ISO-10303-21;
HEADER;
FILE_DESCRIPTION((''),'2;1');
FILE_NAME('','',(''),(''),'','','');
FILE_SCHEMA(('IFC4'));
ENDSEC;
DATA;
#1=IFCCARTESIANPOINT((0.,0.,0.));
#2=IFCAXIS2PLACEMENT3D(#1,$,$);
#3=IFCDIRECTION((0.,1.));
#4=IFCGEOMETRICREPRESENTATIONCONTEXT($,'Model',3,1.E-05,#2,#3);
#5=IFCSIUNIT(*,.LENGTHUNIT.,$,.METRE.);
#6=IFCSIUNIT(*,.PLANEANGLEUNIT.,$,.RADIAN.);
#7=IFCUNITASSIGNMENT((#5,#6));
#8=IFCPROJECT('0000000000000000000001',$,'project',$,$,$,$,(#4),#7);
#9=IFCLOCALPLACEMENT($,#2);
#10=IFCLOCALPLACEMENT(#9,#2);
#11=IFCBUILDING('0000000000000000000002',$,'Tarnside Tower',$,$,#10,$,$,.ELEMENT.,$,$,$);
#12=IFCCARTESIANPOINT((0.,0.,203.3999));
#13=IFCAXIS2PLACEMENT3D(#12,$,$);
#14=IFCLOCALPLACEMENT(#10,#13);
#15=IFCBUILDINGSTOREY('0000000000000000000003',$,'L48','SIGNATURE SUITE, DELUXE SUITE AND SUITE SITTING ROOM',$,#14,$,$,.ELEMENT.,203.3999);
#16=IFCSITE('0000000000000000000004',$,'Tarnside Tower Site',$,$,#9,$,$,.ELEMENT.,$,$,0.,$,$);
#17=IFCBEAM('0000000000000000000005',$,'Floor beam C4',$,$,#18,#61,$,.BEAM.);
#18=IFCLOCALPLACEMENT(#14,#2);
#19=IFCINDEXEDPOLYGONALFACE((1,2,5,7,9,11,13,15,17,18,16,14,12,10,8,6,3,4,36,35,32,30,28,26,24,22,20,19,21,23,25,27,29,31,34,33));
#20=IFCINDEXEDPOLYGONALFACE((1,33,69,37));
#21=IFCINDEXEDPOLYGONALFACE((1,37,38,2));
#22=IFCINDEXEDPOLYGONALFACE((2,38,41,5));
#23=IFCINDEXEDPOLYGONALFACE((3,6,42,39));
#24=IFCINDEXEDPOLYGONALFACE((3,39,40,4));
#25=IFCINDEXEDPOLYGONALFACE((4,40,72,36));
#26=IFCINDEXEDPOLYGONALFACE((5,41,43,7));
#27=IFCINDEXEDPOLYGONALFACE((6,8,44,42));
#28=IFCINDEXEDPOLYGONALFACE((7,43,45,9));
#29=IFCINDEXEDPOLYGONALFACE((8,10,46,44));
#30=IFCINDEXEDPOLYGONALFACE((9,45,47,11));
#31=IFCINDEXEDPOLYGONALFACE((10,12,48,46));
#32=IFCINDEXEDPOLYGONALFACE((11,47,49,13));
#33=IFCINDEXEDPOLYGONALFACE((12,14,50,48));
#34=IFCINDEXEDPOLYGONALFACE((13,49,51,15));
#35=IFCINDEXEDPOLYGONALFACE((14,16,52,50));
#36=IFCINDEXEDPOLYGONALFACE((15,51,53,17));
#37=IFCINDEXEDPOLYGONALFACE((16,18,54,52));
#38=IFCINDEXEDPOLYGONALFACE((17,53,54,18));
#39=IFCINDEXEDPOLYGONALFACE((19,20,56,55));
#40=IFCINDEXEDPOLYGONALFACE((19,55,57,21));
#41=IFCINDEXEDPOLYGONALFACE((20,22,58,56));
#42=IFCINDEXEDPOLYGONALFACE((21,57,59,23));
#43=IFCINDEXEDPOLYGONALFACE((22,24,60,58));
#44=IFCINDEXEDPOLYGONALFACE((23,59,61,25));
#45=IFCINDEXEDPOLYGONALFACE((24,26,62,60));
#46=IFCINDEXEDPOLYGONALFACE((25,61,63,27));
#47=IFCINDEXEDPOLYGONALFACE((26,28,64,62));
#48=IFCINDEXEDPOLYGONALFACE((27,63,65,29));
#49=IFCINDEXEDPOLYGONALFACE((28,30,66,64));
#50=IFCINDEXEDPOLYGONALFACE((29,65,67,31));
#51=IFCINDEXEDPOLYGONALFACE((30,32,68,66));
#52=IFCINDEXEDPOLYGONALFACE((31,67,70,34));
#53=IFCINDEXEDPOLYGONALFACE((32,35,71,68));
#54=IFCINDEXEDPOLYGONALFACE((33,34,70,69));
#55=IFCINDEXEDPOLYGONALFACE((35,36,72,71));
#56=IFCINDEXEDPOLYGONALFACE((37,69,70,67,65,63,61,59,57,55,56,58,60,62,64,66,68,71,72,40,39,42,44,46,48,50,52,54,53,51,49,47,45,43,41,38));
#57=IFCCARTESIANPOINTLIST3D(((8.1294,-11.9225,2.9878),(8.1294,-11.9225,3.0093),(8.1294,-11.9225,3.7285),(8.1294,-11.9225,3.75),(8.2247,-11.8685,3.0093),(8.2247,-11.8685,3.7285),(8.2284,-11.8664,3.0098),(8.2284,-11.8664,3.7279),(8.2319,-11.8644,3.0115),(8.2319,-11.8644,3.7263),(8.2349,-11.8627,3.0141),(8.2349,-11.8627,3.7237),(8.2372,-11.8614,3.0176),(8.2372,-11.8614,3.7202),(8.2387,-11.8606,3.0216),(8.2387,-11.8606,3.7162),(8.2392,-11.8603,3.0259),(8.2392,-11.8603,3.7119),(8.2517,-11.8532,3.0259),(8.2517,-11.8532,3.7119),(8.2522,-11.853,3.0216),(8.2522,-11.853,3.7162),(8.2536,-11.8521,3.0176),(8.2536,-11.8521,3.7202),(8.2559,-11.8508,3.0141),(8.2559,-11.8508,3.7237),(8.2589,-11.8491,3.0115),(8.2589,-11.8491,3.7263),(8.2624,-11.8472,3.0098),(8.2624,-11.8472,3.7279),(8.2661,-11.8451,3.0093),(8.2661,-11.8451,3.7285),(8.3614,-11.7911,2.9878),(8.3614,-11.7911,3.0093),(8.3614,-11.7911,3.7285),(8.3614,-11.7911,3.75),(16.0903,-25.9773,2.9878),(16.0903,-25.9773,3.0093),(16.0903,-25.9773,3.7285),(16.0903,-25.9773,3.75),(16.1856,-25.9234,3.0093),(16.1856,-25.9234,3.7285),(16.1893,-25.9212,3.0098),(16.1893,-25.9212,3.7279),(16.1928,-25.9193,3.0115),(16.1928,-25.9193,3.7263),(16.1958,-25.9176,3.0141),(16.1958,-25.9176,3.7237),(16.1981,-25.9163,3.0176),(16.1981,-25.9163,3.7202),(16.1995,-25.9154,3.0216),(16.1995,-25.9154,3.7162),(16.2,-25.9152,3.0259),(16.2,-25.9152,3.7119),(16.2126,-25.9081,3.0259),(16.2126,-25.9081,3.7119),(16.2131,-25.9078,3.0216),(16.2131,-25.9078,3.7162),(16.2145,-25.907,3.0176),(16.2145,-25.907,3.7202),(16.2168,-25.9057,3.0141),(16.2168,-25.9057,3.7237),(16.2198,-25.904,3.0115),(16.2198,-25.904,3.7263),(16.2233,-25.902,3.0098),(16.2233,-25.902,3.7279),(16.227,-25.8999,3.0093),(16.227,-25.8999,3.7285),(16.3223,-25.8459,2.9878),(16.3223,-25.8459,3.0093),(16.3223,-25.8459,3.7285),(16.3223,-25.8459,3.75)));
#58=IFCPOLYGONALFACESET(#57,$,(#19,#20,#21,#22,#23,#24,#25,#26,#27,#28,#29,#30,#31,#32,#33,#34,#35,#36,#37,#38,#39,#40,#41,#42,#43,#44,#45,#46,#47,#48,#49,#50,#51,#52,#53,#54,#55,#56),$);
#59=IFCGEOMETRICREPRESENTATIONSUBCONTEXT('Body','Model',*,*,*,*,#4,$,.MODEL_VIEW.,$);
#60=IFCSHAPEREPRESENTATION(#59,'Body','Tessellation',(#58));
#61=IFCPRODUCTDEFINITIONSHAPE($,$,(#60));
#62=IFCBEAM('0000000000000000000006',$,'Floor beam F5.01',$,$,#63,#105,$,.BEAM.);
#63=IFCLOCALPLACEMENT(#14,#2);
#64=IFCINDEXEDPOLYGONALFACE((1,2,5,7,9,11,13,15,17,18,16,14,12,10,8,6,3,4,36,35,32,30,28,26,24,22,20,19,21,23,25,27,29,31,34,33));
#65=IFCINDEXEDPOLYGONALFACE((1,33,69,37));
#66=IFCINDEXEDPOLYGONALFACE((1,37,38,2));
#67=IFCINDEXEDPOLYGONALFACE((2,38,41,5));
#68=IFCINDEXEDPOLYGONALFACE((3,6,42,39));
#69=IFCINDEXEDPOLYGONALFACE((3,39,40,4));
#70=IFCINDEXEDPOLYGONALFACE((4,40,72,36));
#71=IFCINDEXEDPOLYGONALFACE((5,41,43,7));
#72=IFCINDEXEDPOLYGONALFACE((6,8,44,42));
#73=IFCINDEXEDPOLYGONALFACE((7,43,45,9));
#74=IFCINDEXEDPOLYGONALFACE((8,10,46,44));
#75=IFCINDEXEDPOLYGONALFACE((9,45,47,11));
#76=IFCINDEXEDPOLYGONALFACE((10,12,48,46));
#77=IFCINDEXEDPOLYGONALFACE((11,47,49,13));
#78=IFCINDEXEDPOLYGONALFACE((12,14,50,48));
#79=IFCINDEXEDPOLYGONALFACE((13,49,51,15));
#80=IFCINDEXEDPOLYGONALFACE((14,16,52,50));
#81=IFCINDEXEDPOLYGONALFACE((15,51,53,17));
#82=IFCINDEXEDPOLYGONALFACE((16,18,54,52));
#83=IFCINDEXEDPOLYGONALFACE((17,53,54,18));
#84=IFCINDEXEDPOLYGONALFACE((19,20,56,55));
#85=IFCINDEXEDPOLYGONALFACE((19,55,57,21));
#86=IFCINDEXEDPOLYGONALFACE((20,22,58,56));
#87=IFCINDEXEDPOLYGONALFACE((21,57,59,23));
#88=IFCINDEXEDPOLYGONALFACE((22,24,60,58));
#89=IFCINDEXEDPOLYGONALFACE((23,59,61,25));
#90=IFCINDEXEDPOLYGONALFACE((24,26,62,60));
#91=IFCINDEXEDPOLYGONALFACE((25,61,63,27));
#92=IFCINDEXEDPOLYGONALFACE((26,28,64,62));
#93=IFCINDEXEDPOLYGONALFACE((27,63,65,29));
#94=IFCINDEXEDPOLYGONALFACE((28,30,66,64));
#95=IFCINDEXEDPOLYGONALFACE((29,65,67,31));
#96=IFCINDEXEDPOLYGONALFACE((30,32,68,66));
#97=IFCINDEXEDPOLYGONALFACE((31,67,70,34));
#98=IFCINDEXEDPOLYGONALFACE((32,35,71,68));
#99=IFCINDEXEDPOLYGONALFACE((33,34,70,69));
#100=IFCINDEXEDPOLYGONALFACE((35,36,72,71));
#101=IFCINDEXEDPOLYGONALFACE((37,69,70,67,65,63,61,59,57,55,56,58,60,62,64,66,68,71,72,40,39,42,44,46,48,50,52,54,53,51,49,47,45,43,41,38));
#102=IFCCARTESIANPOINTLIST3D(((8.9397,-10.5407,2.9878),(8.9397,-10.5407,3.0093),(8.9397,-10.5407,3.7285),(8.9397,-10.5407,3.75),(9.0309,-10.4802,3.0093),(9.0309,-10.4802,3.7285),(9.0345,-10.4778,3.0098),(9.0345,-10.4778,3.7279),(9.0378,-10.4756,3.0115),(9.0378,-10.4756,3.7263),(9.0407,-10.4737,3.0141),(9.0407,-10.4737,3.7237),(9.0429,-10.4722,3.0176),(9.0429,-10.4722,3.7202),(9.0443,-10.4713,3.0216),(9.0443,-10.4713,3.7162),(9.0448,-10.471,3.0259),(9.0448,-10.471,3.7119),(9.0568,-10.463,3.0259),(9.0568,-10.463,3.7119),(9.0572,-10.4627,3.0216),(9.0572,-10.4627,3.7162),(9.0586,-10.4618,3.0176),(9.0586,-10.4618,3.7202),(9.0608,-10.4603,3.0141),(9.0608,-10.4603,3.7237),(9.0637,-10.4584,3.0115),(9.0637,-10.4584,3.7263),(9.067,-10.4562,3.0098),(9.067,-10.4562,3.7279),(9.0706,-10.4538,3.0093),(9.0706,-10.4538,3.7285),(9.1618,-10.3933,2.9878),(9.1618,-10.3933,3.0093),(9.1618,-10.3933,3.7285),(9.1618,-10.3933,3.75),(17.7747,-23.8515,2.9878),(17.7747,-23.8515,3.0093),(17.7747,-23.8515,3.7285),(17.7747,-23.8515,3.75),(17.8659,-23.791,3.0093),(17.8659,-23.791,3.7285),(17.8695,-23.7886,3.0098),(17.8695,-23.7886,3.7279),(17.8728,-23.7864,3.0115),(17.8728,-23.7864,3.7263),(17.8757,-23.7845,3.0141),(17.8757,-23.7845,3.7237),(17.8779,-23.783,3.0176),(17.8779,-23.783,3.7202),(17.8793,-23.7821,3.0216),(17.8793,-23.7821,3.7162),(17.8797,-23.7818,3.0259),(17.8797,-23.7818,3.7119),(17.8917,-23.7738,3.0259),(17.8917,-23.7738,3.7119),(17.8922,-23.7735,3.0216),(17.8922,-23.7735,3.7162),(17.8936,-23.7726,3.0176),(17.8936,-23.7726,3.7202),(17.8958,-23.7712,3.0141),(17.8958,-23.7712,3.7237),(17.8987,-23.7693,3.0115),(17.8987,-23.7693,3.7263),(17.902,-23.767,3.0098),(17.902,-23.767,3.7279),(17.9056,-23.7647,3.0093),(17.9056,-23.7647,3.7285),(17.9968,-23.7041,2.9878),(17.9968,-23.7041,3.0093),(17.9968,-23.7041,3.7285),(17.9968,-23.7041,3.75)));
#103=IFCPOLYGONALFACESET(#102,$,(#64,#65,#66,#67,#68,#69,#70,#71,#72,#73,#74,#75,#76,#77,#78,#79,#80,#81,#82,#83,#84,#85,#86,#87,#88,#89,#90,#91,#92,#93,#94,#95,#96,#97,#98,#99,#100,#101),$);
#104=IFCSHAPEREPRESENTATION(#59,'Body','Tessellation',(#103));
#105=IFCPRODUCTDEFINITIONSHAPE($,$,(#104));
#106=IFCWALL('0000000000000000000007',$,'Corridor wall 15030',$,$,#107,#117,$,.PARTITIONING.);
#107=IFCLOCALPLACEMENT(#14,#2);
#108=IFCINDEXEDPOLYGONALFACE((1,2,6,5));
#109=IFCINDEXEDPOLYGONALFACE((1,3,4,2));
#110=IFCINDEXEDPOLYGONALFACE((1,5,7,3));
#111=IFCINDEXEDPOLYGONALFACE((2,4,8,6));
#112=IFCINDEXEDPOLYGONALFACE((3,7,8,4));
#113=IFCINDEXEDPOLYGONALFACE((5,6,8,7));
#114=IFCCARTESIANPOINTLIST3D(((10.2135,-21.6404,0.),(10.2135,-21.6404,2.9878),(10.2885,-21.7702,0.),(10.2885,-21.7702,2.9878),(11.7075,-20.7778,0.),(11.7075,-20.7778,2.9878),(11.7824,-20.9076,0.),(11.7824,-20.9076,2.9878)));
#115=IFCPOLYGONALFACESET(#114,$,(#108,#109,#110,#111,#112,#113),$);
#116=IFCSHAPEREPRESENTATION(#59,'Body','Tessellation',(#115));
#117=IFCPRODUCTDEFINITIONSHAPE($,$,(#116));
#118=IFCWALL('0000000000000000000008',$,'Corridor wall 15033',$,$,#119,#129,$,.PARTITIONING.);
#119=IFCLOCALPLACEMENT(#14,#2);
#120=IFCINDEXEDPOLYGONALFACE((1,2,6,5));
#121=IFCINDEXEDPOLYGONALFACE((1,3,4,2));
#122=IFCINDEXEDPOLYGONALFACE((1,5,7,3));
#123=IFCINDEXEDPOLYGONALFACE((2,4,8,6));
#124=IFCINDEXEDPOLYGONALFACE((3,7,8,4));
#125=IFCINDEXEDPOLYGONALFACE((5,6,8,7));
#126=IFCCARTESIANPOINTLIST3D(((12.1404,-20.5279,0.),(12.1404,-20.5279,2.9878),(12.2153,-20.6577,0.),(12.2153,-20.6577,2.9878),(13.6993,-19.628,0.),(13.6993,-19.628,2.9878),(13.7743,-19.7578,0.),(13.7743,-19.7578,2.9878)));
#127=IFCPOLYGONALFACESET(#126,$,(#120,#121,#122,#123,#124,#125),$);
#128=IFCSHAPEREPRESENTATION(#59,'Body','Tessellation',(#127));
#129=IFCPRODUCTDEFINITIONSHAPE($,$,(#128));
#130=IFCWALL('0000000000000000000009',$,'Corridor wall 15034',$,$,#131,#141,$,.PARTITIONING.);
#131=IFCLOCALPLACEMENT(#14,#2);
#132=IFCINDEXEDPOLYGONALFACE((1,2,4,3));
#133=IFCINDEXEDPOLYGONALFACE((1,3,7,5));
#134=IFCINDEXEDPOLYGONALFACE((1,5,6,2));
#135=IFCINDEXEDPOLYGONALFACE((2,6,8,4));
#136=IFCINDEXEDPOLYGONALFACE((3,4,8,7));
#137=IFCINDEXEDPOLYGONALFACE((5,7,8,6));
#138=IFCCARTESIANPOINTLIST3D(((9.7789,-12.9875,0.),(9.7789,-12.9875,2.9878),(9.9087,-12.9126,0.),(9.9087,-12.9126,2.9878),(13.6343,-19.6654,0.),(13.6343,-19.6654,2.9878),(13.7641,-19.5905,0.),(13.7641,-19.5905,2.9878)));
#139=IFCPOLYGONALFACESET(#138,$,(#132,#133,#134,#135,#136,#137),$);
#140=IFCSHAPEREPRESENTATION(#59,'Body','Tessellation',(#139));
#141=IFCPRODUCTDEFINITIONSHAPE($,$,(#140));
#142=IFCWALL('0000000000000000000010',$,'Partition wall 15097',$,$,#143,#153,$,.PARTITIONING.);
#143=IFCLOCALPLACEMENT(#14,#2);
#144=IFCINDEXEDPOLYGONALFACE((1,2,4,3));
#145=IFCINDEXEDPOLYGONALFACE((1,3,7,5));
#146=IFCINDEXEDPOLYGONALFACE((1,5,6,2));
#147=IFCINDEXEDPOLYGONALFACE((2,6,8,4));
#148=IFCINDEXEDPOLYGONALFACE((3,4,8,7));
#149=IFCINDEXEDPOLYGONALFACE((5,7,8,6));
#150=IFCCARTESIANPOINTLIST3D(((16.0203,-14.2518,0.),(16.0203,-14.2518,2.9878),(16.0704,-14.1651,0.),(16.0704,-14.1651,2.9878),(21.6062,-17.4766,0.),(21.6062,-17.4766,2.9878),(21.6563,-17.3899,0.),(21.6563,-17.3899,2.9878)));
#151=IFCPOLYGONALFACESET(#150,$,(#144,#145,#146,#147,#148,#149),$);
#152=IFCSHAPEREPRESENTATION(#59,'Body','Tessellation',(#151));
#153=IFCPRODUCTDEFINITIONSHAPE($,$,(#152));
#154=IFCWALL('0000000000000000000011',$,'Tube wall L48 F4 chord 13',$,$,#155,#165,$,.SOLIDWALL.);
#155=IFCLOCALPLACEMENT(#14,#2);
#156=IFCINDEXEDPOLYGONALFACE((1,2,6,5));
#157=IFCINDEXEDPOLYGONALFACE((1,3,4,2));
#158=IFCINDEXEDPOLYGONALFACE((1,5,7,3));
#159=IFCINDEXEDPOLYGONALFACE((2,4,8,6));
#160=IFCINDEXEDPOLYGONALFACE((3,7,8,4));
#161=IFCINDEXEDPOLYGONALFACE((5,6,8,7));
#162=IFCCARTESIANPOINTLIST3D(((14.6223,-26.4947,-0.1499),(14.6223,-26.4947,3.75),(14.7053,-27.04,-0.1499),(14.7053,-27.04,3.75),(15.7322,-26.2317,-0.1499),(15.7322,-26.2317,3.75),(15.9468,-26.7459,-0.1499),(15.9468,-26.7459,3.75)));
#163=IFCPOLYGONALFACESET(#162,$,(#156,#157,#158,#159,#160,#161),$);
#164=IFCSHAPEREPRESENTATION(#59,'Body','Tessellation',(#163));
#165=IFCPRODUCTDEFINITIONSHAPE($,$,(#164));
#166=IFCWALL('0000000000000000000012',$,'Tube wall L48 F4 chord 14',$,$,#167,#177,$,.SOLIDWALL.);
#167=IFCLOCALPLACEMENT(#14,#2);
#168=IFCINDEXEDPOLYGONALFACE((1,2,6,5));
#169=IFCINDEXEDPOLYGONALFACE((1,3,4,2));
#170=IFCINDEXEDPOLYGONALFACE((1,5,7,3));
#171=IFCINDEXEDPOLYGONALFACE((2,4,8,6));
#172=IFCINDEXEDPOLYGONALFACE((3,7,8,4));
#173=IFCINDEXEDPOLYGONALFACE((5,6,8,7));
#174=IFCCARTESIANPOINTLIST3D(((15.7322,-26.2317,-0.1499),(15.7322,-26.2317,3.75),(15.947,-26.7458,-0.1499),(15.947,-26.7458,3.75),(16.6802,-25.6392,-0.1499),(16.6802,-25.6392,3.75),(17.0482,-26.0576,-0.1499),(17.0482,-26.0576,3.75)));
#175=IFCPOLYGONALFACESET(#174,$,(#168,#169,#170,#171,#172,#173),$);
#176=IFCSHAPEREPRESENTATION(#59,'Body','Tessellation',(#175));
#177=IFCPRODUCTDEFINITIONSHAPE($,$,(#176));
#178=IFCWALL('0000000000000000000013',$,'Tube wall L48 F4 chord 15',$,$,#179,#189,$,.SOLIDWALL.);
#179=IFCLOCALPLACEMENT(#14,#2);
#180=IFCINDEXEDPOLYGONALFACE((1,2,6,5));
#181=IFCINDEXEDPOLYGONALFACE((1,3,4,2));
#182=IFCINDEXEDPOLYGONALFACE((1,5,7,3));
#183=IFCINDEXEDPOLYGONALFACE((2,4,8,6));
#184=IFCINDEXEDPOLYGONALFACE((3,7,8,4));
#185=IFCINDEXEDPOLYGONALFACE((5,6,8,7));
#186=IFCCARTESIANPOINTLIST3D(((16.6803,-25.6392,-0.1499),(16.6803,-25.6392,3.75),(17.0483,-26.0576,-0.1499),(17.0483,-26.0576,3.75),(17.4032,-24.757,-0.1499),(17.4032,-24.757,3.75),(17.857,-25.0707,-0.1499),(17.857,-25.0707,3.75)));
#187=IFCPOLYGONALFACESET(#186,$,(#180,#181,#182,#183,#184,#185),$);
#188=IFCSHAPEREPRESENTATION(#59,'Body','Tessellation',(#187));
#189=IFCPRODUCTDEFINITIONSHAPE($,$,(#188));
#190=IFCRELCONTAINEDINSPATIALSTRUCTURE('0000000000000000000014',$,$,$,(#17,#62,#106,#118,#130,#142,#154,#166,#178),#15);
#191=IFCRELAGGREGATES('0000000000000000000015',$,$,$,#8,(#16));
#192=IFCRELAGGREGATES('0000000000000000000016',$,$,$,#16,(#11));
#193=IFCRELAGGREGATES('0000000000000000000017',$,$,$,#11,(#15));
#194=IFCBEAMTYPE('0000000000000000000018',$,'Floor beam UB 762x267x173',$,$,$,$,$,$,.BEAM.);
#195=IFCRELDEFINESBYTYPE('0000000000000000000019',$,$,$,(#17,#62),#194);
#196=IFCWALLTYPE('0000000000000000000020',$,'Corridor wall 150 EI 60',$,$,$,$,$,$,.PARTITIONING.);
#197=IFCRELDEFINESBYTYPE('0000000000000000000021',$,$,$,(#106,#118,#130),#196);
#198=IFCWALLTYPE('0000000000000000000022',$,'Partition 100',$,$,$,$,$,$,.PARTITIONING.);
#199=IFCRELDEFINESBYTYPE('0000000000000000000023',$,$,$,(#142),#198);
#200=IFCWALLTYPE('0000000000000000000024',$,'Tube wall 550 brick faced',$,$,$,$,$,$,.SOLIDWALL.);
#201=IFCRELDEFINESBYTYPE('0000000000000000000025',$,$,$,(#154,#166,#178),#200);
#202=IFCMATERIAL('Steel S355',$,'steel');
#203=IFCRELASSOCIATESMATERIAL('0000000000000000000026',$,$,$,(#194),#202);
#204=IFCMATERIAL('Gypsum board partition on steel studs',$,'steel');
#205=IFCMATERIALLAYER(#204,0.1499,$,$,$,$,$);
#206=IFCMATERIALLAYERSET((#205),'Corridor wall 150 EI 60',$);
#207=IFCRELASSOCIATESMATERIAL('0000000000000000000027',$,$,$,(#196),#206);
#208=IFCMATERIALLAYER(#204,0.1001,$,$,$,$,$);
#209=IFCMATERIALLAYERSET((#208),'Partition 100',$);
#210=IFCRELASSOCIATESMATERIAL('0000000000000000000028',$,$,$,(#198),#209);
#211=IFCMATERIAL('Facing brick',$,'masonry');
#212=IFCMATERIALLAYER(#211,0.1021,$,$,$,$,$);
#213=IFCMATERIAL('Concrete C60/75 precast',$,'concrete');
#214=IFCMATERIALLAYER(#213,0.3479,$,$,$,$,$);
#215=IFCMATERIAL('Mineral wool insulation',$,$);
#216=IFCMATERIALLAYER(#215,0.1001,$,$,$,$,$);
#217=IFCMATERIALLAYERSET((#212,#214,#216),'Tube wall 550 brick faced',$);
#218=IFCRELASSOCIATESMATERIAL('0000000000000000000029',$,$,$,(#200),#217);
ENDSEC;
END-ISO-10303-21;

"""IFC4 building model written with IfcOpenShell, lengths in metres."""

from ifc_helpers import new_model, si_unit, direction, frame, frame_2d, origin, origin_2d, place, context, subcontext, project, spatial, polyline, rectangle, i_section, outline, extrude, material, layer, layer_set, material_profile, profile_set, type_object, element, save


model = new_model("IFC4")

# Units and contexts
model_context = context("Model", 3, precision=1e-05, world=origin(), true_north=direction((0.0, 1.0)))
body_context = subcontext(model_context, "Body", "Model", "MODEL_VIEW")
ifc_project = project(units=[si_unit("LENGTHUNIT", "METRE"), si_unit("PLANEANGLEUNIT", "RADIAN")], contexts=[model_context])

# Site, building, storey
site_placement = place(None, origin())
site = spatial("IfcSite", under=ifc_project, at=site_placement, Name="Tarnside Tower Site", CompositionType="ELEMENT", RefElevation=0.0)
building_placement = place(site_placement, origin())
building = spatial("IfcBuilding", under=site, at=building_placement, Name="Tarnside Tower", CompositionType="ELEMENT")
storey_placement = place(building_placement, frame((0.0, 0.0, 203.3999)))
storey = spatial("IfcBuildingStorey", under=building, at=storey_placement, Name="L48", Description="SIGNATURE SUITE, DELUXE SUITE AND SUITE SITTING ROOM", CompositionType="ELEMENT", Elevation=203.3999)

# Beams
ifc_material_1 = material(Name="Steel S355", Category="steel")
ifc_material_profile_1 = material_profile(ifc_material_1, i_section(OverallWidth=0.2666, OverallDepth=0.7622, WebThickness=0.0144, FlangeThickness=0.0215, FilletRadius=0.0166, at=origin_2d()), Name="UB 762x267x173")
ifc_profile_set_1 = profile_set([ifc_material_profile_1], Name="Steel S355")
beam_type_1 = type_object("IfcBeamType", Name="Floor beam UB 762x267x173", PredefinedType="BEAM", material=ifc_profile_set_1)
beam_1_placement = place(storey_placement, frame((16.2063, -25.9116, 3.3689), z_axis=(-0.492847, 0.870116, 0.0), x_axis=(-0.870116, -0.492847, 0.0)))
element("IfcBeam", 1, at=beam_1_placement, inside=storey, type_object=beam_type_1, Name="Floor beam C4", PredefinedType="BEAM", context=body_context, shape_type="SweptSolid", body=[
    extrude(i_section(OverallWidth=0.2666, OverallDepth=0.7622, WebThickness=0.0144, FlangeThickness=0.0215, FilletRadius=0.0166, at=origin_2d()), origin(), (0.0, 0.0, 1.0), 16.1528),
])
beam_2_placement = place(storey_placement, frame((17.8857, -23.7778, 3.3689), z_axis=(-0.553013, 0.833172, 0.0), x_axis=(-0.833172, -0.553013, 0.0)))
element("IfcBeam", 2, at=beam_2_placement, inside=storey, type_object=beam_type_1, Name="Floor beam F5.01", PredefinedType="BEAM", context=body_context, shape_type="SweptSolid", body=[
    extrude(i_section(OverallWidth=0.2666, OverallDepth=0.7622, WebThickness=0.0144, FlangeThickness=0.0215, FilletRadius=0.0166, at=origin_2d()), origin(), (0.0, 0.0, 1.0), 15.9761),
])

# Walls
ifc_material_2 = material(Name="Gypsum board partition on steel studs", Category="steel")
ifc_layer_1 = layer(ifc_material_2, 0.1499)
ifc_layer_set_1 = layer_set([ifc_layer_1], Name="Corridor wall 150 EI 60")
wall_type_1 = type_object("IfcWallType", Name="Corridor wall 150 EI 60", PredefinedType="PARTITIONING", material=ifc_layer_set_1)
wall_1_placement = place(storey_placement, frame((10.251, -21.7053, 0.0), z_axis=(0.0, 0.0, 1.0), x_axis=(0.866014, 0.500021, 0.0)))
element("IfcWall", 3, at=wall_1_placement, inside=storey, type_object=wall_type_1, Name="Corridor wall 15030", PredefinedType="PARTITIONING", context=body_context, shape_type="SweptSolid", body=[
    extrude(rectangle(XDim=1.7251, YDim=0.1499, at=frame_2d((0.8625, 0.0))), origin(), (0.0, 0.0, 1.0), 2.9878),
])
wall_2_placement = place(storey_placement, frame((12.178, -20.5928, 0.0), z_axis=(0.0, 0.0, 1.0), x_axis=(0.866048, 0.499961, 0.0)))
element("IfcWall", 4, at=wall_2_placement, inside=storey, type_object=wall_type_1, Name="Corridor wall 15033", PredefinedType="PARTITIONING", context=body_context, shape_type="SweptSolid", body=[
    extrude(rectangle(XDim=1.8, YDim=0.1499, at=frame_2d((0.8999, 0.0))), origin(), (0.0, 0.0, 1.0), 2.9878),
])
wall_3_placement = place(storey_placement, frame((13.6992, -19.6279, 0.0), z_axis=(0.0, 0.0, 1.0), x_axis=(-0.499994, 0.866029, 0.0)))
element("IfcWall", 5, at=wall_3_placement, inside=storey, type_object=wall_type_1, Name="Corridor wall 15034", PredefinedType="PARTITIONING", context=body_context, shape_type="SweptSolid", body=[
    extrude(rectangle(XDim=7.7109, YDim=0.1499, at=frame_2d((3.8555, 0.0))), origin(), (0.0, 0.0, 1.0), 2.9878),
])
ifc_layer_2 = layer(ifc_material_2, 0.1001)
ifc_layer_set_2 = layer_set([ifc_layer_2], Name="Partition 100")
wall_type_2 = type_object("IfcWallType", Name="Partition 100", PredefinedType="PARTITIONING", material=ifc_layer_set_2)
wall_4_placement = place(storey_placement, frame((21.6313, -17.4333, 0.0), z_axis=(0.0, 0.0, 1.0), x_axis=(-0.866038, 0.499978, 0.0)))
element("IfcWall", 6, at=wall_4_placement, inside=storey, type_object=wall_type_2, Name="Partition wall 15097", PredefinedType="PARTITIONING", context=body_context, shape_type="SweptSolid", body=[
    extrude(rectangle(XDim=6.45, YDim=0.1001, at=frame_2d((3.2251, 0.0))), origin(), (0.0, 0.0, 1.0), 2.9878),
])
ifc_material_3 = material(Name="Facing brick", Category="masonry")
ifc_layer_3 = layer(ifc_material_3, 0.1021)
ifc_material_4 = material(Name="Concrete C60/75 precast", Category="concrete")
ifc_layer_4 = layer(ifc_material_4, 0.3479)
ifc_material_5 = material(Name="Mineral wool insulation")
ifc_layer_5 = layer(ifc_material_5, 0.1001)
ifc_layer_set_3 = layer_set([ifc_layer_3, ifc_layer_4, ifc_layer_5], Name="Tube wall 550 brick faced")
wall_type_3 = type_object("IfcWallType", Name="Tube wall 550 brick faced", PredefinedType="SOLIDWALL", material=ifc_layer_set_3)
wall_5_placement = place(storey_placement, frame((14.6638, -26.7673, -0.1499), z_axis=(0.0, 0.0, 1.0), x_axis=(0.973064, 0.230537, 0.0)))
element("IfcWall", 7, at=wall_5_placement, inside=storey, type_object=wall_type_3, Name="Tube wall L48 F4 chord 13", PredefinedType="SOLIDWALL", context=body_context, shape_type="SweptSolid", body=[
    extrude(outline(polyline([(-0.0225, -0.2749), (1.2534, -0.2749), (1.1631, 0.2749), (0.0225, 0.2749), (-0.0225, -0.2749)])), origin(), (0.0, 0.0, 1.0), 3.8999),
])
wall_6_placement = place(storey_placement, frame((15.8396, -26.4888, -0.1499), z_axis=(0.0, 0.0, 1.0), x_axis=(0.84801, 0.529981, 0.0)))
element("IfcWall", 8, at=wall_6_placement, inside=storey, type_object=wall_type_3, Name="Tube wall L48 F4 chord 14", PredefinedType="SOLIDWALL", context=body_context, shape_type="SweptSolid", body=[
    extrude(outline(polyline([(-0.0452, -0.2749), (1.2534, -0.2749), (1.1631, 0.2749), (0.0452, 0.2749), (-0.0452, -0.2749)])), origin(), (0.0, 0.0, 1.0), 3.8999),
])
wall_7_placement = place(storey_placement, frame((16.8643, -25.8484, -0.1499), z_axis=(0.0, 0.0, 1.0), x_axis=(0.633843, 0.773462, 0.0)))
element("IfcWall", 9, at=wall_7_placement, inside=storey, type_object=wall_type_3, Name="Tube wall L48 F4 chord 15", PredefinedType="SOLIDWALL", context=body_context, shape_type="SweptSolid", body=[
    extrude(outline(polyline([(-0.0452, -0.2749), (1.2307, -0.2749), (1.1858, 0.2749), (0.0452, 0.2749), (-0.0452, -0.2749)])), origin(), (0.0, 0.0, 1.0), 3.8999),
])

save(model, "model.ifc")
